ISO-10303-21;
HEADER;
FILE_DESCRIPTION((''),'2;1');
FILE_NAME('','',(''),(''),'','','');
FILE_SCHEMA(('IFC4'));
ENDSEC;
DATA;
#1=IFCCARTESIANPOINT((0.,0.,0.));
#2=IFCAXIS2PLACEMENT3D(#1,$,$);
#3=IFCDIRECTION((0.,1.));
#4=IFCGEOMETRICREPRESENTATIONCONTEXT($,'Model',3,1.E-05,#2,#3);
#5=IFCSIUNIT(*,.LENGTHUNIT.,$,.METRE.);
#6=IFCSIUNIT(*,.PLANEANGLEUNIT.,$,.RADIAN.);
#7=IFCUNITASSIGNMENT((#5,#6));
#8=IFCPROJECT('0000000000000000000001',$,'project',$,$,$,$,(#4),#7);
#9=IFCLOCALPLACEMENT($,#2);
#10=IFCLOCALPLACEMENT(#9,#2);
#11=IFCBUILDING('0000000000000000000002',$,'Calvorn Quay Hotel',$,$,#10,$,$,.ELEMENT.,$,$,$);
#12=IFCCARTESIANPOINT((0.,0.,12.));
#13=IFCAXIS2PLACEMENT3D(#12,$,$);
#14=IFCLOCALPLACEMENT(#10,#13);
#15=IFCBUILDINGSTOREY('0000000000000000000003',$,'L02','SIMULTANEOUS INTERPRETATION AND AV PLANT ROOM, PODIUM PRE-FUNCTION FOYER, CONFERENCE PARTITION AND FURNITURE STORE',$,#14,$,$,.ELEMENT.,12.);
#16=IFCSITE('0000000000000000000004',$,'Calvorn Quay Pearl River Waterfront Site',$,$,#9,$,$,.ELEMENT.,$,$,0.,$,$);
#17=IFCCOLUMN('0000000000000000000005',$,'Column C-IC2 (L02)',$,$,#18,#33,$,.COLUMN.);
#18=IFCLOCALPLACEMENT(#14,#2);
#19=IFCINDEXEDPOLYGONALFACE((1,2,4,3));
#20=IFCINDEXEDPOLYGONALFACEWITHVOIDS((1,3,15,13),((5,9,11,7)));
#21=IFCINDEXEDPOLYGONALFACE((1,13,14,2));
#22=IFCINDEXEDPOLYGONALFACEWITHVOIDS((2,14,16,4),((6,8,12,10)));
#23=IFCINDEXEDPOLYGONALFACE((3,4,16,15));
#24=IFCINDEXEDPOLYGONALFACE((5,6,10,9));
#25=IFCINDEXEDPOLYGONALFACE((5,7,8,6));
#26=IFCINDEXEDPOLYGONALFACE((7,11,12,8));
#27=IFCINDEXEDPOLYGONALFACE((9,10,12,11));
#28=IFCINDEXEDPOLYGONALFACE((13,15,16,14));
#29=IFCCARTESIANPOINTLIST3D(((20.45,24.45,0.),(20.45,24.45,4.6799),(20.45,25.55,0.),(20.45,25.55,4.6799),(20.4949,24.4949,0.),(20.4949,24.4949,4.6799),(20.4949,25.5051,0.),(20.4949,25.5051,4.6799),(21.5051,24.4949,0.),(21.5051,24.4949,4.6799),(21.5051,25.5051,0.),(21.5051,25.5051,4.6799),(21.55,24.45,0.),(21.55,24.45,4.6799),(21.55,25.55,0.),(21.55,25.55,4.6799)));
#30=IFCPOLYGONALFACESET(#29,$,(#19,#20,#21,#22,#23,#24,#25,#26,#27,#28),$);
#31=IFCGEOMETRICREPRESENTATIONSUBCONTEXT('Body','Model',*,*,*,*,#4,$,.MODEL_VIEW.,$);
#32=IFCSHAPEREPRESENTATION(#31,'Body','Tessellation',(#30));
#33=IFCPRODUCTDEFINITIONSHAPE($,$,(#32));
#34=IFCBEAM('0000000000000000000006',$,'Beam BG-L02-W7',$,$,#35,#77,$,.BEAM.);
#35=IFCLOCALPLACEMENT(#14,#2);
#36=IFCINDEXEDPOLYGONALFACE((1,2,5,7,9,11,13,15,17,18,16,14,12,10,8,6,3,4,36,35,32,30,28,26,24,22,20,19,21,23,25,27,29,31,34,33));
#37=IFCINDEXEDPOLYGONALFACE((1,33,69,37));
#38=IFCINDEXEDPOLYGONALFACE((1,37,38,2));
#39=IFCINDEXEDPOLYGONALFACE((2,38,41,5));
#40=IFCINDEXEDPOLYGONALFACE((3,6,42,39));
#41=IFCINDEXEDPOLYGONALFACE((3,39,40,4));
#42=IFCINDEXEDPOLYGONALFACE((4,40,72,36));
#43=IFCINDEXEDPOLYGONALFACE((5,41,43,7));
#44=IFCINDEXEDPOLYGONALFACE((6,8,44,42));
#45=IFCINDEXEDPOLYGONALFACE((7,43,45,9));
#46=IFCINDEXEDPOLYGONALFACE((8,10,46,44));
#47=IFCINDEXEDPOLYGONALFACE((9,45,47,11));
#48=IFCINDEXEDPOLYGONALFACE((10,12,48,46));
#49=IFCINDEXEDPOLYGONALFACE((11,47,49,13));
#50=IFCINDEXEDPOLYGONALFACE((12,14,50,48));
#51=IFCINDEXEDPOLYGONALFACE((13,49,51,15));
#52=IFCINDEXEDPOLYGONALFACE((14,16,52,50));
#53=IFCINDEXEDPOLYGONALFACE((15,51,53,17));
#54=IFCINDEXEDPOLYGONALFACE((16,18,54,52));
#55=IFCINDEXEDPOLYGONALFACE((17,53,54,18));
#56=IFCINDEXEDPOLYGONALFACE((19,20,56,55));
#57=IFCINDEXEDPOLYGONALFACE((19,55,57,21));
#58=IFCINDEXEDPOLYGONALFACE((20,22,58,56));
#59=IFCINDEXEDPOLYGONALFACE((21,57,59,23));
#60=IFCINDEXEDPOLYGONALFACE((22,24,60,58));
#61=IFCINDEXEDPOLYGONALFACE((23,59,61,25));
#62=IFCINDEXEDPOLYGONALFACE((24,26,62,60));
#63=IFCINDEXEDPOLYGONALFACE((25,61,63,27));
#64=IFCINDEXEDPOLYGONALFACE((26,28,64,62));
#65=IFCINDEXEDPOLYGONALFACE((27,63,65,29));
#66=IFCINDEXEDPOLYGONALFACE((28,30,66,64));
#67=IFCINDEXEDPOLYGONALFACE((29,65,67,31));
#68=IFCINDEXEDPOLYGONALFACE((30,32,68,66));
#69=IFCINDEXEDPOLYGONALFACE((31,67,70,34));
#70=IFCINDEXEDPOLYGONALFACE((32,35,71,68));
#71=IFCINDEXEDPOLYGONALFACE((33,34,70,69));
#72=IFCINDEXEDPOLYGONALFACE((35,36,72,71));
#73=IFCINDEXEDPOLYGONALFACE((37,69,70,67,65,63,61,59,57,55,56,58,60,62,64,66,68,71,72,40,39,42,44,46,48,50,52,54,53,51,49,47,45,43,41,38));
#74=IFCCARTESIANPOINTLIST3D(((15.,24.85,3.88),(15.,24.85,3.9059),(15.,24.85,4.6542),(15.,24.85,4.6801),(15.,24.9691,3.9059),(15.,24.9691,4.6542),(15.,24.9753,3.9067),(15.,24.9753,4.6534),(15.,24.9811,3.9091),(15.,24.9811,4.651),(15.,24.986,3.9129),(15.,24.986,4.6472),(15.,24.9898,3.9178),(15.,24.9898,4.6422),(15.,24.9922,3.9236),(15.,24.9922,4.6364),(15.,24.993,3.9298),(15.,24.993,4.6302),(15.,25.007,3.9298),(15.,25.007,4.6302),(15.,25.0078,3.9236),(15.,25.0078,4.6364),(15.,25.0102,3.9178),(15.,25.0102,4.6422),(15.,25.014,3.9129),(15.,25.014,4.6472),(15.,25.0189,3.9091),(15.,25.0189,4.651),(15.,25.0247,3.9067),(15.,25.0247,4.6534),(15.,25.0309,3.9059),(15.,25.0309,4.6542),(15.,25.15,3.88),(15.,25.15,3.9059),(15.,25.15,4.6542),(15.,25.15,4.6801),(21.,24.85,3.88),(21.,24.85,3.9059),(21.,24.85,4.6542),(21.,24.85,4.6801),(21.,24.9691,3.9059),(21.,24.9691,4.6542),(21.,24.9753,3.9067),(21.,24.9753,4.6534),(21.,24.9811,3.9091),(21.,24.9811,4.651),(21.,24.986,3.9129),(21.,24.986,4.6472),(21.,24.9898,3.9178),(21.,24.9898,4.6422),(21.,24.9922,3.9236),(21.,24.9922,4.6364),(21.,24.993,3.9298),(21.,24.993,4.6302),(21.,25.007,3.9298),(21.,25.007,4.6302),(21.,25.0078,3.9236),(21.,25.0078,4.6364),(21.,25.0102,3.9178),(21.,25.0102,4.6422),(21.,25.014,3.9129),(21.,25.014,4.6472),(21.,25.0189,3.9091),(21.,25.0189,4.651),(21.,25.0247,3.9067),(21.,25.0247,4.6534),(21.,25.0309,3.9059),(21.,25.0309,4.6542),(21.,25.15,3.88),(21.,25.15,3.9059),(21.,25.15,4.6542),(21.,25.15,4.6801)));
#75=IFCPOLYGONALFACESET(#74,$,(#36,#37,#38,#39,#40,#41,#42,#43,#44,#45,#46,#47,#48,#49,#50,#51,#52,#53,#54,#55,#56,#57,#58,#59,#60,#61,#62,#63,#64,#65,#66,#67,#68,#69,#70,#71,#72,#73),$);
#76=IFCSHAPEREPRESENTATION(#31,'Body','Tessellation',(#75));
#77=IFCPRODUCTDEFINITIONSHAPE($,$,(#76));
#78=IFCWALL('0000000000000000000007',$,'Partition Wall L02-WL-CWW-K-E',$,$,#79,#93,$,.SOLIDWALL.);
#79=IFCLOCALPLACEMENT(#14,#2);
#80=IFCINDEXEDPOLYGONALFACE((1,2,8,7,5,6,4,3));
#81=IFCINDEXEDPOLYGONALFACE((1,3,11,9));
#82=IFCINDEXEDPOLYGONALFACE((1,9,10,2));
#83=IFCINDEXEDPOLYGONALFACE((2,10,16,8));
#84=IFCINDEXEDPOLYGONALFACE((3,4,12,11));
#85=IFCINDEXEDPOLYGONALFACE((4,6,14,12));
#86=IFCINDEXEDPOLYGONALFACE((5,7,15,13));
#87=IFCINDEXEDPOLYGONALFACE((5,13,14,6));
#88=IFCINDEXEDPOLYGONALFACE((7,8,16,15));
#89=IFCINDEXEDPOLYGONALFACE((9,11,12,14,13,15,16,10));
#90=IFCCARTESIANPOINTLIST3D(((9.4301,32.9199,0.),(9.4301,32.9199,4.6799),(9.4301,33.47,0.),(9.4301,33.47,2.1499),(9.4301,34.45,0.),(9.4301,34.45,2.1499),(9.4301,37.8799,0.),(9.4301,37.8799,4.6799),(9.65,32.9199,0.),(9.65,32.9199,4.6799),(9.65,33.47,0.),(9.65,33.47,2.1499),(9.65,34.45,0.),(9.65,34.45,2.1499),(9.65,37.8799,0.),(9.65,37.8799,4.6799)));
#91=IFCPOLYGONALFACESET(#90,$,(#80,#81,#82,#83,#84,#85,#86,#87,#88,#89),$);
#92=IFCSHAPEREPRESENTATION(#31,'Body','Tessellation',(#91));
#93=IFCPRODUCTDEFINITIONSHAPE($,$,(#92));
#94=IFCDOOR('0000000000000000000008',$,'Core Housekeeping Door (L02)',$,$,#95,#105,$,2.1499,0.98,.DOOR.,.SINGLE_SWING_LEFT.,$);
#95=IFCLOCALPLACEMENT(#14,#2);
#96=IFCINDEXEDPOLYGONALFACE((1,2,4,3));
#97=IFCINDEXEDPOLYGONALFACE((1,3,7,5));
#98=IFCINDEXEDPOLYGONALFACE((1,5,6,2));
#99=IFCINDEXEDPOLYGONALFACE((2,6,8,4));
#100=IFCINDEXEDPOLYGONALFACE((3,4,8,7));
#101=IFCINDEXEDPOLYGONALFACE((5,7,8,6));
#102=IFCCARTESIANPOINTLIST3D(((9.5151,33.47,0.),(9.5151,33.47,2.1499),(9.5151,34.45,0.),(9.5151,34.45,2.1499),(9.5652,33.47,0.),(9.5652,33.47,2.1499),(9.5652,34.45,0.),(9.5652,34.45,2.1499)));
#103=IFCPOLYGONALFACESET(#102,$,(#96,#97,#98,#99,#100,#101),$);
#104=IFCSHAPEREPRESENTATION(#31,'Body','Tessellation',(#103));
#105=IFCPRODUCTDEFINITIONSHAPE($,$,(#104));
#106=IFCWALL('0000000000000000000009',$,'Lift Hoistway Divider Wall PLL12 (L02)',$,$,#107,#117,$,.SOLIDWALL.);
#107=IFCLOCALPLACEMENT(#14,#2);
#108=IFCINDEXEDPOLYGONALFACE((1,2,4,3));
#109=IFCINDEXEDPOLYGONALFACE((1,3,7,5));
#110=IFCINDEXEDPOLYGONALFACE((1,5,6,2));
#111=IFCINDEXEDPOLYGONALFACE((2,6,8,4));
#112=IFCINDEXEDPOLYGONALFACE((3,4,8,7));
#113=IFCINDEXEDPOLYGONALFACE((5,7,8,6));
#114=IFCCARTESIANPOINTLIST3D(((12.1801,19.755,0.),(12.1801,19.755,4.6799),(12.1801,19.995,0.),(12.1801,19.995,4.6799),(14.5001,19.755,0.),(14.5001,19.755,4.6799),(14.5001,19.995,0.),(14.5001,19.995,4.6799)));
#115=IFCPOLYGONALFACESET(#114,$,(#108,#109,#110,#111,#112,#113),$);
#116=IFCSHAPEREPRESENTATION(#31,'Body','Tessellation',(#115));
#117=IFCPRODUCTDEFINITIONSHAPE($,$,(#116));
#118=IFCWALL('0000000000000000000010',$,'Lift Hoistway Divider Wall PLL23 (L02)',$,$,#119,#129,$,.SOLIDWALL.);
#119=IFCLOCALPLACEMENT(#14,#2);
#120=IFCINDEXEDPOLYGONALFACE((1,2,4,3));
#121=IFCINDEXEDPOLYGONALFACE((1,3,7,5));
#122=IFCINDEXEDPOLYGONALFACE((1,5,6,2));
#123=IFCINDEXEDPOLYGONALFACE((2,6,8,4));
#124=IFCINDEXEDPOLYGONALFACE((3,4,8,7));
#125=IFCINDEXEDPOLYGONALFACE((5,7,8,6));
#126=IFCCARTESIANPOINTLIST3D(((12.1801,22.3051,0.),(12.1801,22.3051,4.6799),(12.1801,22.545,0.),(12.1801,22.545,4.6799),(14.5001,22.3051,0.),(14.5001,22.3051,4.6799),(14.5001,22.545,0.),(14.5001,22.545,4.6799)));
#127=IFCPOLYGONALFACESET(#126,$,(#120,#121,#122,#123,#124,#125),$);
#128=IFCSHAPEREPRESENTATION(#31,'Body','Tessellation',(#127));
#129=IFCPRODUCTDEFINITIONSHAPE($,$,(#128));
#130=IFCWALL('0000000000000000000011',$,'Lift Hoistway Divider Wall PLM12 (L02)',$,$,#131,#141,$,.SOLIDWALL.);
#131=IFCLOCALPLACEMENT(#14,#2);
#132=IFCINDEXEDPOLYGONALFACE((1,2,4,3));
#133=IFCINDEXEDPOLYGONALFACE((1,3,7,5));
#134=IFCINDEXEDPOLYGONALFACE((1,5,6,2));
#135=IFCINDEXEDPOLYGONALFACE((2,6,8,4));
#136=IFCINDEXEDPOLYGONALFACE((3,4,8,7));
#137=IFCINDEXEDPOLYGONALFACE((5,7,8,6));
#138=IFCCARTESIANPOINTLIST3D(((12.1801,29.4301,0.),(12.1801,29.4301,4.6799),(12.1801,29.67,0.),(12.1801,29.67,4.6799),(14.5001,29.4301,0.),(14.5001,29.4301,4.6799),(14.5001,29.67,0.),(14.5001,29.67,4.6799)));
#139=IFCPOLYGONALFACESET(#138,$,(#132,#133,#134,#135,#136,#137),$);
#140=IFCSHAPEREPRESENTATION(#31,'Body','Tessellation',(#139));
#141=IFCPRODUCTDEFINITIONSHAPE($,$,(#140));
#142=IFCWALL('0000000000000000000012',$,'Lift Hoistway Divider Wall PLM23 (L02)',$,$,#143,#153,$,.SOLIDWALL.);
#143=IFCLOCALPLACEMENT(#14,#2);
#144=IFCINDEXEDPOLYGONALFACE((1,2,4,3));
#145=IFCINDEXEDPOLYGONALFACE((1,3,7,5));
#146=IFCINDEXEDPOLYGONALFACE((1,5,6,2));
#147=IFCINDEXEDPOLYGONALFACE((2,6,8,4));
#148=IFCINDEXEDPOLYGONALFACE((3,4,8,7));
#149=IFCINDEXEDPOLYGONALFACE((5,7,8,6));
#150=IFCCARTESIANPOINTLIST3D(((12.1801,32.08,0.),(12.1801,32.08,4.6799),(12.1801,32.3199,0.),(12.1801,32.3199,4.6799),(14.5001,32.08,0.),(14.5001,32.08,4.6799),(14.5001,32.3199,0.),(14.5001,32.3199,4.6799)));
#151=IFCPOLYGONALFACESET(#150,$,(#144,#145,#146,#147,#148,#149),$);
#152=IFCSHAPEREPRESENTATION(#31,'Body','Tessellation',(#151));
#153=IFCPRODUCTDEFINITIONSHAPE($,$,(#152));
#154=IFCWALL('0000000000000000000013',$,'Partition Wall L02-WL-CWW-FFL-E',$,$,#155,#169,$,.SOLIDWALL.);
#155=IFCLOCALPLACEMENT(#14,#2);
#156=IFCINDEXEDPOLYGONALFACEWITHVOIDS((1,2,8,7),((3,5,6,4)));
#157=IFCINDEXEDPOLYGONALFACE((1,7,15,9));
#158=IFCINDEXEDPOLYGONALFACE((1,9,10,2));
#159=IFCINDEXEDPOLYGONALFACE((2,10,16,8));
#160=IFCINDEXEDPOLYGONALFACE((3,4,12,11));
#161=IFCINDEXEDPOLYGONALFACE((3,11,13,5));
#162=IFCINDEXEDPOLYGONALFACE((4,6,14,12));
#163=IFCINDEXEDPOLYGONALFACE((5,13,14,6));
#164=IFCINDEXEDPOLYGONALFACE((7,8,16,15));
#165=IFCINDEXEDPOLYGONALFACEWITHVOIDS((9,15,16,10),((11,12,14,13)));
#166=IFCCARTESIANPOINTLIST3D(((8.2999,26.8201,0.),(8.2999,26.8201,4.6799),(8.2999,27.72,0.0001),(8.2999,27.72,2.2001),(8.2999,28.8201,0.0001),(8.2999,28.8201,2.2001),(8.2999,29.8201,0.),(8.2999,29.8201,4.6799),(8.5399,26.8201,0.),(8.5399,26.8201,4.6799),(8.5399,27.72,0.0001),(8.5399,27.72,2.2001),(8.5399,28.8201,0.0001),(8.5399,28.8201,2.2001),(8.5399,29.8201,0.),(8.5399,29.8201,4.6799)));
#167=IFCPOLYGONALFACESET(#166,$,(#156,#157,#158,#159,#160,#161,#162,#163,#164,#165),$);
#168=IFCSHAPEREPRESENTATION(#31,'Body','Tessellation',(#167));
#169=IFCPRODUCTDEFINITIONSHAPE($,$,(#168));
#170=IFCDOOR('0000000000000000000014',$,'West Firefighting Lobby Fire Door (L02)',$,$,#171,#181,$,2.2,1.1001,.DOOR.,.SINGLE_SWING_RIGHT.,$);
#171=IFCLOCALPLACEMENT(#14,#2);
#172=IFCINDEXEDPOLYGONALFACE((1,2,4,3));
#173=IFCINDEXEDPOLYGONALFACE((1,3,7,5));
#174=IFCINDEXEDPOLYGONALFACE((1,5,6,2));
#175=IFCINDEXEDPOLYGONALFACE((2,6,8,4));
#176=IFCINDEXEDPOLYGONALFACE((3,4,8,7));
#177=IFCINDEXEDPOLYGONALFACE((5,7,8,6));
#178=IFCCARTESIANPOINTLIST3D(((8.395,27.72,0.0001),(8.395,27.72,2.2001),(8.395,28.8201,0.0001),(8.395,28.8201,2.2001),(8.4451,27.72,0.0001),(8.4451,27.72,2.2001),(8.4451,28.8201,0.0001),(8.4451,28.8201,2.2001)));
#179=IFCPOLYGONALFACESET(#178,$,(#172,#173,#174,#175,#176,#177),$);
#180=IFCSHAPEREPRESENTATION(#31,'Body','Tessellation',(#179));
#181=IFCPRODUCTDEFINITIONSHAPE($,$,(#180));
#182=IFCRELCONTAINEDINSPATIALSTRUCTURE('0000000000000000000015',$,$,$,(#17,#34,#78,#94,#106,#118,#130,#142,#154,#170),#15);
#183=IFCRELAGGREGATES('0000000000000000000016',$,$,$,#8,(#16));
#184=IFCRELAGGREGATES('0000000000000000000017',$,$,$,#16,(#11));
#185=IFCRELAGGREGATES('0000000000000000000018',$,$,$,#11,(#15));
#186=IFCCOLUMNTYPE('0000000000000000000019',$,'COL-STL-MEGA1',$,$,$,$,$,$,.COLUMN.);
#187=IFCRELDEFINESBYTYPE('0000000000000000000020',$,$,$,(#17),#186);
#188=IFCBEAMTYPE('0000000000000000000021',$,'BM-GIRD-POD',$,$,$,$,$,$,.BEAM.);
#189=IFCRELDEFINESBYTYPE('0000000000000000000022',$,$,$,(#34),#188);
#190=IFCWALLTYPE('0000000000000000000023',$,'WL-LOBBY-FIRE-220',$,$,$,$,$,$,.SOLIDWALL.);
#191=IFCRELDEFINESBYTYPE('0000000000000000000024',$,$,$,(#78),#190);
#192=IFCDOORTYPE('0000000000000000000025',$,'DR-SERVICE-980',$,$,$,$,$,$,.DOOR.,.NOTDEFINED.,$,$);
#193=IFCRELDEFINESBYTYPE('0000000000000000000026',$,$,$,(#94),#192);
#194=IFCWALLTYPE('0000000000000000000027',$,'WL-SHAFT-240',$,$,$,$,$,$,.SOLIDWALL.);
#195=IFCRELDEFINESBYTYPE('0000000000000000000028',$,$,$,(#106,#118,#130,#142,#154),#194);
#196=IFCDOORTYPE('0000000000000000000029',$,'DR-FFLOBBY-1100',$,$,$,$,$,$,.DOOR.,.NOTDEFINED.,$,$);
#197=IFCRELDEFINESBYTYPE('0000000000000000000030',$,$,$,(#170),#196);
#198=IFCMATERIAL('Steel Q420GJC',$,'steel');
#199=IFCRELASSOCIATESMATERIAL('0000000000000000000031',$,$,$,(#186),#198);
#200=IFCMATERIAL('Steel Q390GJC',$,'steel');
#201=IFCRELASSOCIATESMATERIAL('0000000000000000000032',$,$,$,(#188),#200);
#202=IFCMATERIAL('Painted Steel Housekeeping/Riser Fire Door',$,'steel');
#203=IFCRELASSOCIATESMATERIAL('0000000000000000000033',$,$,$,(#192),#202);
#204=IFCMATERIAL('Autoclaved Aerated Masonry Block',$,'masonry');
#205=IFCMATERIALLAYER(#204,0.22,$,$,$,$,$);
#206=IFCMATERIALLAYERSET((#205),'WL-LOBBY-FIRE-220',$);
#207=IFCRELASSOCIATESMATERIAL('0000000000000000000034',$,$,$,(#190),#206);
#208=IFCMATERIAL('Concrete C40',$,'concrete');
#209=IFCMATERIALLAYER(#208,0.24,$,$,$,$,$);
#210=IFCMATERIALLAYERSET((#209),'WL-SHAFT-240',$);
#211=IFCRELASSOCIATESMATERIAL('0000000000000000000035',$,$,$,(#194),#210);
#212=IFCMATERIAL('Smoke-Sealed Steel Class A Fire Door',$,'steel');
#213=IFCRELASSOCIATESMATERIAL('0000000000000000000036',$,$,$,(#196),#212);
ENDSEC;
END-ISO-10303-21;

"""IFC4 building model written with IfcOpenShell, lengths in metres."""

from ifc_helpers import new_model, si_unit, direction, frame, frame_2d, origin, origin_2d, place, context, subcontext, project, spatial, rectangle, hollow_rectangle, i_section, extrude, material, layer, layer_set, material_profile, profile_set, type_object, element, fill, save


model = new_model("IFC4")

# Units and contexts
model_context = context("Model", 3, precision=1e-05, world=origin(), true_north=direction((0.0, 1.0)))
body_context = subcontext(model_context, "Body", "Model", "MODEL_VIEW")
ifc_project = project(units=[si_unit("LENGTHUNIT", "METRE"), si_unit("PLANEANGLEUNIT", "RADIAN")], contexts=[model_context])

# Site, building, storey
site_placement = place(None, origin())
site = spatial("IfcSite", under=ifc_project, at=site_placement, Name="Calvorn Quay Pearl River Waterfront Site", CompositionType="ELEMENT", RefElevation=0.0)
building_placement = place(site_placement, origin())
building = spatial("IfcBuilding", under=site, at=building_placement, Name="Calvorn Quay Hotel", CompositionType="ELEMENT")
storey_placement = place(building_placement, frame((0.0, 0.0, 12.0)))
storey = spatial("IfcBuildingStorey", under=building, at=storey_placement, Name="L02", Description="SIMULTANEOUS INTERPRETATION AND AV PLANT ROOM, PODIUM PRE-FUNCTION FOYER, CONFERENCE PARTITION AND FURNITURE STORE", CompositionType="ELEMENT", Elevation=12.0)

# Column
ifc_material_1 = material(Name="Steel Q420GJC", Category="steel")
ifc_material_profile_1 = material_profile(ifc_material_1, hollow_rectangle(XDim=1.1001, YDim=1.1001, WallThickness=0.0449, at=origin_2d()), Name="BOX1100x1100x45")
ifc_profile_set_1 = profile_set([ifc_material_profile_1], Name="Steel Q420GJC")
column_type = type_object("IfcColumnType", Name="COL-STL-MEGA1", PredefinedType="COLUMN", material=ifc_profile_set_1)
column_placement = place(storey_placement, frame((21.0, 25.0, 0.0), z_axis=(0.0, 0.0, 1.0), x_axis=(1.0, 0.0, 0.0)))
element("IfcColumn", 1, at=column_placement, inside=storey, type_object=column_type, Name="Column C-IC2 (L02)", PredefinedType="COLUMN", context=body_context, shape_type="SweptSolid", body=[
    extrude(hollow_rectangle(XDim=1.1001, YDim=1.1001, WallThickness=0.0449, at=origin_2d()), origin(), (0.0, 0.0, 1.0), 4.6799),
])

# Beam
ifc_material_2 = material(Name="Steel Q390GJC", Category="steel")
ifc_material_profile_2 = material_profile(ifc_material_2, i_section(OverallWidth=0.3, OverallDepth=0.8, WebThickness=0.0139, FlangeThickness=0.0259, FilletRadius=0.0239, at=origin_2d()), Name="HN800x300x14x26")
ifc_profile_set_2 = profile_set([ifc_material_profile_2], Name="Steel Q390GJC")
beam_type = type_object("IfcBeamType", Name="BM-GIRD-POD", PredefinedType="BEAM", material=ifc_profile_set_2)
beam_placement = place(storey_placement, frame((21.0, 25.0, 4.28), z_axis=(-1.0, 0.0, 0.0), x_axis=(0.0, -1.0, 0.0)))
element("IfcBeam", 2, at=beam_placement, inside=storey, type_object=beam_type, Name="Beam BG-L02-W7", PredefinedType="BEAM", context=body_context, shape_type="SweptSolid", body=[
    extrude(i_section(OverallWidth=0.3, OverallDepth=0.8, WebThickness=0.0139, FlangeThickness=0.0259, FilletRadius=0.0239, at=origin_2d()), origin(), (0.0, 0.0, 1.0), 6.0),
])

# Wall, opening, door
ifc_material_3 = material(Name="Painted Steel Housekeeping/Riser Fire Door", Category="steel")
door_type_1 = type_object("IfcDoorType", Name="DR-SERVICE-980", OperationType="NOTDEFINED", PredefinedType="DOOR", material=ifc_material_3)
ifc_material_4 = material(Name="Autoclaved Aerated Masonry Block", Category="masonry")
ifc_layer_1 = layer(ifc_material_4, 0.22)
ifc_layer_set_1 = layer_set([ifc_layer_1], Name="WL-LOBBY-FIRE-220")
wall_type_1 = type_object("IfcWallType", Name="WL-LOBBY-FIRE-220", PredefinedType="SOLIDWALL", material=ifc_layer_set_1)
wall_1_placement = place(storey_placement, frame((9.54, 32.9199, 0.0), z_axis=(0.0, 0.0, 1.0), x_axis=(0.0, 1.0, 0.0)))
wall_1 = element("IfcWall", 3, at=wall_1_placement, inside=storey, type_object=wall_type_1, Name="Partition Wall L02-WL-CWW-K-E", PredefinedType="SOLIDWALL", context=body_context, shape_type="SweptSolid", body=[
    extrude(rectangle(XDim=4.96, YDim=0.22, at=frame_2d((2.48, 0.0))), origin(), (0.0, 0.0, 1.0), 4.6799),
])
opening_1_placement = place(wall_1_placement, frame((0.55, 0.0, 0.0)))
opening_1 = element("IfcOpeningElement", 4, at=opening_1_placement, cuts=wall_1, PredefinedType="OPENING", context=body_context, shape_type="SweptSolid", body=[
    extrude(rectangle(XDim=0.98, YDim=2.1499, at=frame_2d((0.49, 1.075))), frame((0.0, 0.1199, 0.0), z_axis=(0.0, -1.0, 0.0), x_axis=(1.0, 0.0, 0.0)), (0.0, 0.0, 1.0), 0.24),
])
door_1_placement = place(opening_1_placement, origin())
door_1 = element("IfcDoor", 5, at=door_1_placement, inside=storey, type_object=door_type_1, Name="Core Housekeeping Door (L02)", OperationType="SINGLE_SWING_LEFT", OverallHeight=2.1499, OverallWidth=0.98, PredefinedType="DOOR", context=body_context, shape_type="SweptSolid", body=[
    extrude(rectangle(XDim=0.98, YDim=2.1499, at=frame_2d((0.49, 1.075))), frame((0.0, 0.0249, 0.0), z_axis=(0.0, -1.0, 0.0), x_axis=(1.0, 0.0, 0.0)), (0.0, 0.0, 1.0), 0.05),
])
fill(opening_1, door_1)

# Walls
ifc_material_5 = material(Name="Concrete C40", Category="concrete")
ifc_layer_2 = layer(ifc_material_5, 0.24)
ifc_layer_set_2 = layer_set([ifc_layer_2], Name="WL-SHAFT-240")
wall_type_2 = type_object("IfcWallType", Name="WL-SHAFT-240", PredefinedType="SOLIDWALL", material=ifc_layer_set_2)
for number, where, z_axis, x_axis, name in (
    (6, (12.1799, 19.875, 0.0), (0.0, 0.0, 1.0), (1.0, 0.0, 0.0), "Lift Hoistway Divider Wall PLL12 (L02)"),
    (7, (12.1799, 22.425, 0.0), (0.0, 0.0, 1.0), (1.0, 0.0, 0.0), "Lift Hoistway Divider Wall PLL23 (L02)"),
    (8, (12.1799, 29.55, 0.0), (0.0, 0.0, 1.0), (1.0, 0.0, 0.0), "Lift Hoistway Divider Wall PLM12 (L02)"),
    (9, (12.1799, 32.2, 0.0), (0.0, 0.0, 1.0), (1.0, 0.0, 0.0), "Lift Hoistway Divider Wall PLM23 (L02)"),
):
    element("IfcWall", number, at=place(storey_placement, frame(where, z_axis=z_axis, x_axis=x_axis)), inside=storey, type_object=wall_type_2, Name=name, PredefinedType="SOLIDWALL", context=body_context, shape_type="SweptSolid", body=[
        extrude(rectangle(XDim=2.3201, YDim=0.24, at=frame_2d((1.1602, 0.0))), origin(), (0.0, 0.0, 1.0), 4.6799),
    ])

# Wall, opening, door
wall_2_placement = place(storey_placement, frame((8.4199, 26.8201, 0.0), z_axis=(0.0, 0.0, 1.0), x_axis=(0.0, 1.0, 0.0)))
wall_2 = element("IfcWall", 10, at=wall_2_placement, inside=storey, type_object=wall_type_2, Name="Partition Wall L02-WL-CWW-FFL-E", PredefinedType="SOLIDWALL", context=body_context, shape_type="SweptSolid", body=[
    extrude(rectangle(XDim=3.0, YDim=0.24, at=frame_2d((1.5, 0.0))), origin(), (0.0, 0.0, 1.0), 4.6799),
])
opening_2_placement = place(wall_2_placement, frame((0.8999, 0.0, 0.0)))
opening_2 = element("IfcOpeningElement", 11, at=opening_2_placement, cuts=wall_2, PredefinedType="OPENING", context=body_context, shape_type="SweptSolid", body=[
    extrude(rectangle(XDim=1.1001, YDim=2.2, at=frame_2d((0.55, 1.1001))), frame((0.0, 0.1299, 0.0), z_axis=(0.0, -1.0, 0.0), x_axis=(1.0, 0.0, 0.0)), (0.0, 0.0, 1.0), 0.26),
])
ifc_material_6 = material(Name="Smoke-Sealed Steel Class A Fire Door", Category="steel")
door_type_2 = type_object("IfcDoorType", Name="DR-FFLOBBY-1100", OperationType="NOTDEFINED", PredefinedType="DOOR", material=ifc_material_6)
door_2_placement = place(opening_2_placement, origin())
door_2 = element("IfcDoor", 12, at=door_2_placement, inside=storey, type_object=door_type_2, Name="West Firefighting Lobby Fire Door (L02)", OperationType="SINGLE_SWING_RIGHT", OverallHeight=2.2, OverallWidth=1.1001, PredefinedType="DOOR", context=body_context, shape_type="SweptSolid", body=[
    extrude(rectangle(XDim=1.1001, YDim=2.2, at=frame_2d((0.55, 1.1001))), frame((0.0, 0.0249, 0.0), z_axis=(0.0, -1.0, 0.0), x_axis=(1.0, 0.0, 0.0)), (0.0, 0.0, 1.0), 0.05),
])
fill(opening_2, door_2)

save(model, "model.ifc")
